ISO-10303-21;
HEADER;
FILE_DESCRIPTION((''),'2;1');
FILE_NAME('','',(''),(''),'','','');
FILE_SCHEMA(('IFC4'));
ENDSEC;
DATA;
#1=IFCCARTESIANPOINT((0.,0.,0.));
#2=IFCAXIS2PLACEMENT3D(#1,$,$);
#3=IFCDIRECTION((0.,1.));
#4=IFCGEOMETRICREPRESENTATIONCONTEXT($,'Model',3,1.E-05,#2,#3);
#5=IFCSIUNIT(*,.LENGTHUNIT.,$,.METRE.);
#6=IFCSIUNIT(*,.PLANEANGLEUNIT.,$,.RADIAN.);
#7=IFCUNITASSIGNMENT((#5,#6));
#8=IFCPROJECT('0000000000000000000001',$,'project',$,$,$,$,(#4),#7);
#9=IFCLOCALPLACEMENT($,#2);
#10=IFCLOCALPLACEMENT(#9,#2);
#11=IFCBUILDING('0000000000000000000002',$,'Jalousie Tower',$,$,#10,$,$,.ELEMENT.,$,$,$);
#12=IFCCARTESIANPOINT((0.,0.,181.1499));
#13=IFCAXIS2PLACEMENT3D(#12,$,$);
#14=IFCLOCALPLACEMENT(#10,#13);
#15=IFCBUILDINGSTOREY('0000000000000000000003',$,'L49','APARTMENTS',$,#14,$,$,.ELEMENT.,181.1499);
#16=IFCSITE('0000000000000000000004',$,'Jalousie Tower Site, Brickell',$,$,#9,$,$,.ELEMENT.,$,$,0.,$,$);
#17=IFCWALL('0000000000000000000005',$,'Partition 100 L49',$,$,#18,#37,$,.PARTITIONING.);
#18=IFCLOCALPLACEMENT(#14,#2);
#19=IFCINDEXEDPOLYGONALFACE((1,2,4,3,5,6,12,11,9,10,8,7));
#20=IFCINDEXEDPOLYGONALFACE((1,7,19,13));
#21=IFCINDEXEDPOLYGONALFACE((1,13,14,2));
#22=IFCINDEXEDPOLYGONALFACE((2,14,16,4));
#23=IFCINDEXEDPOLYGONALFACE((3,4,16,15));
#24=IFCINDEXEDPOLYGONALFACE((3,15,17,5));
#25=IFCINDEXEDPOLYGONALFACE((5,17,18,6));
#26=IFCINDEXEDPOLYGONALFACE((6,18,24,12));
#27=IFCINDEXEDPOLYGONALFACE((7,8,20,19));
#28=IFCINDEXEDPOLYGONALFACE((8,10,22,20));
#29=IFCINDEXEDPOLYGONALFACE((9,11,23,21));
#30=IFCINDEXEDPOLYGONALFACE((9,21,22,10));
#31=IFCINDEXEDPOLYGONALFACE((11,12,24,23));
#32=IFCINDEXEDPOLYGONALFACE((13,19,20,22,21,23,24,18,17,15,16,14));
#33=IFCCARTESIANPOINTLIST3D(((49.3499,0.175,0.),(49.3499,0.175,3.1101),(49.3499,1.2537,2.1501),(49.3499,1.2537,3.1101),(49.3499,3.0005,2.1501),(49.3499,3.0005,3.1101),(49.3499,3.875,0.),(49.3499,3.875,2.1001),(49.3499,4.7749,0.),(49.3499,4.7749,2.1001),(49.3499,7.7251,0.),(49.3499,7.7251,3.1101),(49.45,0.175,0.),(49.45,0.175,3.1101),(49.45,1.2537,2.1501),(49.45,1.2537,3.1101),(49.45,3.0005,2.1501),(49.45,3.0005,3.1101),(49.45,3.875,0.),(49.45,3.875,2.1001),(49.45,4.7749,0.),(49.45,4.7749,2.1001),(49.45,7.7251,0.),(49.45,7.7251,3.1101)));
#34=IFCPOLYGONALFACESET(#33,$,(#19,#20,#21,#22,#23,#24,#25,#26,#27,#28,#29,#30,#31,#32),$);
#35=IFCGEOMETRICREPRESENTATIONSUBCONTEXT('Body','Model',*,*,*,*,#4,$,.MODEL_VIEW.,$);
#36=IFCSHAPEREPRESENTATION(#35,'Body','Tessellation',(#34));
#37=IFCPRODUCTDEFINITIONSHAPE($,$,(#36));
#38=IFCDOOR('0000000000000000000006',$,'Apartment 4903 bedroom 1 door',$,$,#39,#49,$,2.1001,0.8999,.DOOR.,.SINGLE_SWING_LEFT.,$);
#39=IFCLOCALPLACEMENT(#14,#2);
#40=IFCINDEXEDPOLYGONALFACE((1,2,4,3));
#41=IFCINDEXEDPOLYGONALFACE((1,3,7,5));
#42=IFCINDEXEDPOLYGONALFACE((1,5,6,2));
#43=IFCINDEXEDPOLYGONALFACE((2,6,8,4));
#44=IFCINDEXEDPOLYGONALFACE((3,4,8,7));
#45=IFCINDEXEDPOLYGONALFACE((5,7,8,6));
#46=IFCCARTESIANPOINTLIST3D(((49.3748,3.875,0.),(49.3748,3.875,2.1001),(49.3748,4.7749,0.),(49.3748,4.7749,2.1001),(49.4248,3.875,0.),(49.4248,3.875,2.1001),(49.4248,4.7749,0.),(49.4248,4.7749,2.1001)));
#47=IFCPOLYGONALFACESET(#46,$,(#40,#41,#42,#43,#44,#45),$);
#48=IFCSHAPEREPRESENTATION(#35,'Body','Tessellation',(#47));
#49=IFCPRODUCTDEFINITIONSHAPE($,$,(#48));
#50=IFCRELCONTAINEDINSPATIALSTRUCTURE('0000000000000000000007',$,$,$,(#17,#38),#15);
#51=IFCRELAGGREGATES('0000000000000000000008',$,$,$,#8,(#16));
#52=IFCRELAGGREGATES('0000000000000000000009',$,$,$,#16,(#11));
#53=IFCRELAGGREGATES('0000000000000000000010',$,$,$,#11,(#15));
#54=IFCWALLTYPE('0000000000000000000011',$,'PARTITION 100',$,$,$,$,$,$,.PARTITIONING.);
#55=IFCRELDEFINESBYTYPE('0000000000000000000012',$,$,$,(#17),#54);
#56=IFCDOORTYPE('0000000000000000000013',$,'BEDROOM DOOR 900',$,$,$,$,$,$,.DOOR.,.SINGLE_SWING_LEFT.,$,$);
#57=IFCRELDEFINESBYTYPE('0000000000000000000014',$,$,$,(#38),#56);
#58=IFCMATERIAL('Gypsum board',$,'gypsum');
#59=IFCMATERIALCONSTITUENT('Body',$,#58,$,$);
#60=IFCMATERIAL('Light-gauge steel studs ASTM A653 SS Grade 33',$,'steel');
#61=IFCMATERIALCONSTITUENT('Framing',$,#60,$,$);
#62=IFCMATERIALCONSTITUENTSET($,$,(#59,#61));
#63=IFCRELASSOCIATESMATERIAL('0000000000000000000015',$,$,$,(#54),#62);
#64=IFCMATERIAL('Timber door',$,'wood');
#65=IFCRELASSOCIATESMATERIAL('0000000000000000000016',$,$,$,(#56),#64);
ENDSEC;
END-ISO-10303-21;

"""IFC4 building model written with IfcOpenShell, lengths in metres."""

from ifc_helpers import new_model, si_unit, direction, frame, frame_2d, origin, place, context, subcontext, project, spatial, polyline, rectangle, outline, extrude, material, constituent, constituent_set, type_object, element, fill, save


model = new_model("IFC4")

# Units and contexts
model_context = context("Model", 3, precision=1e-05, world=origin(), true_north=direction((0.0, 1.0)))
body_context = subcontext(model_context, "Body", "Model", "MODEL_VIEW")
ifc_project = project(units=[si_unit("LENGTHUNIT", "METRE"), si_unit("PLANEANGLEUNIT", "RADIAN")], contexts=[model_context])

# Site, building, storey
site_placement = place(None, origin())
site = spatial("IfcSite", under=ifc_project, at=site_placement, Name="Jalousie Tower Site, Brickell", CompositionType="ELEMENT", RefElevation=0.0)
building_placement = place(site_placement, origin())
building = spatial("IfcBuilding", under=site, at=building_placement, Name="Jalousie Tower", CompositionType="ELEMENT")
storey_placement = place(building_placement, frame((0.0, 0.0, 181.1499)))
storey = spatial("IfcBuildingStorey", under=building, at=storey_placement, Name="L49", Description="APARTMENTS", CompositionType="ELEMENT", Elevation=181.1499)

# Wall, opening, door
ifc_material_1 = material(Name="Gypsum board", Category="gypsum")
ifc_constituent_1 = constituent(ifc_material_1, Name="Body")
ifc_material_2 = material(Name="Light-gauge steel studs ASTM A653 SS Grade 33", Category="steel")
ifc_constituent_2 = constituent(ifc_material_2, Name="Framing")
ifc_constituent_set = constituent_set(constituents=[ifc_constituent_1, ifc_constituent_2])
wall_type = type_object("IfcWallType", Name="PARTITION 100", PredefinedType="PARTITIONING", material=ifc_constituent_set)
wall_placement = place(storey_placement, frame((49.3999, 0.175, 0.0), z_axis=(0.0, 0.0, 1.0), x_axis=(0.0, 1.0, 0.0)))
wall = element("IfcWall", 1, at=wall_placement, inside=storey, type_object=wall_type, Name="Partition 100 L49", PredefinedType="PARTITIONING", context=body_context, shape_type="SweptSolid", body=[
    extrude(outline(polyline([(0.0, 0.0), (7.55, 0.0), (7.55, 3.1101), (2.8254, 3.1101), (2.8254, 2.1501), (1.0786, 2.1501), (1.0786, 3.1101), (0.0, 3.1101), (0.0, 0.0)])), frame((0.0, 0.05, 0.0), z_axis=(0.0, -1.0, 0.0), x_axis=(1.0, 0.0, 0.0)), (0.0, 0.0, 1.0), 0.1001),
])
opening_placement = place(wall_placement, frame((3.7, 0.0, 0.0)))
opening = element("IfcOpeningElement", 2, at=opening_placement, cuts=wall, PredefinedType="OPENING", context=body_context, shape_type="SweptSolid", body=[
    extrude(rectangle(XDim=0.8999, YDim=2.1001, at=frame_2d((0.45, 1.05))), frame((0.0, 0.0601, 0.0), z_axis=(0.0, -1.0, 0.0), x_axis=(1.0, 0.0, 0.0)), (0.0, 0.0, 1.0), 0.1201),
])
ifc_material_3 = material(Name="Timber door", Category="wood")
door_type = type_object("IfcDoorType", Name="BEDROOM DOOR 900", OperationType="SINGLE_SWING_LEFT", PredefinedType="DOOR", material=ifc_material_3)
door_placement = place(opening_placement, frame((0.8999, 0.0, 0.0), z_axis=(0.0, 0.0, 1.0), x_axis=(-1.0, 0.0, 0.0)))
door = element("IfcDoor", 3, at=door_placement, inside=storey, type_object=door_type, Name="Apartment 4903 bedroom 1 door", OperationType="SINGLE_SWING_LEFT", OverallHeight=2.1001, OverallWidth=0.8999, PredefinedType="DOOR", context=body_context, shape_type="SweptSolid", body=[
    extrude(rectangle(XDim=0.8999, YDim=2.1001, at=frame_2d((0.45, 1.05))), frame((0.0, 0.0249, 0.0), z_axis=(0.0, -1.0, 0.0), x_axis=(1.0, 0.0, 0.0)), (0.0, 0.0, 1.0), 0.05),
])
fill(opening, door)

save(model, "model.ifc")
